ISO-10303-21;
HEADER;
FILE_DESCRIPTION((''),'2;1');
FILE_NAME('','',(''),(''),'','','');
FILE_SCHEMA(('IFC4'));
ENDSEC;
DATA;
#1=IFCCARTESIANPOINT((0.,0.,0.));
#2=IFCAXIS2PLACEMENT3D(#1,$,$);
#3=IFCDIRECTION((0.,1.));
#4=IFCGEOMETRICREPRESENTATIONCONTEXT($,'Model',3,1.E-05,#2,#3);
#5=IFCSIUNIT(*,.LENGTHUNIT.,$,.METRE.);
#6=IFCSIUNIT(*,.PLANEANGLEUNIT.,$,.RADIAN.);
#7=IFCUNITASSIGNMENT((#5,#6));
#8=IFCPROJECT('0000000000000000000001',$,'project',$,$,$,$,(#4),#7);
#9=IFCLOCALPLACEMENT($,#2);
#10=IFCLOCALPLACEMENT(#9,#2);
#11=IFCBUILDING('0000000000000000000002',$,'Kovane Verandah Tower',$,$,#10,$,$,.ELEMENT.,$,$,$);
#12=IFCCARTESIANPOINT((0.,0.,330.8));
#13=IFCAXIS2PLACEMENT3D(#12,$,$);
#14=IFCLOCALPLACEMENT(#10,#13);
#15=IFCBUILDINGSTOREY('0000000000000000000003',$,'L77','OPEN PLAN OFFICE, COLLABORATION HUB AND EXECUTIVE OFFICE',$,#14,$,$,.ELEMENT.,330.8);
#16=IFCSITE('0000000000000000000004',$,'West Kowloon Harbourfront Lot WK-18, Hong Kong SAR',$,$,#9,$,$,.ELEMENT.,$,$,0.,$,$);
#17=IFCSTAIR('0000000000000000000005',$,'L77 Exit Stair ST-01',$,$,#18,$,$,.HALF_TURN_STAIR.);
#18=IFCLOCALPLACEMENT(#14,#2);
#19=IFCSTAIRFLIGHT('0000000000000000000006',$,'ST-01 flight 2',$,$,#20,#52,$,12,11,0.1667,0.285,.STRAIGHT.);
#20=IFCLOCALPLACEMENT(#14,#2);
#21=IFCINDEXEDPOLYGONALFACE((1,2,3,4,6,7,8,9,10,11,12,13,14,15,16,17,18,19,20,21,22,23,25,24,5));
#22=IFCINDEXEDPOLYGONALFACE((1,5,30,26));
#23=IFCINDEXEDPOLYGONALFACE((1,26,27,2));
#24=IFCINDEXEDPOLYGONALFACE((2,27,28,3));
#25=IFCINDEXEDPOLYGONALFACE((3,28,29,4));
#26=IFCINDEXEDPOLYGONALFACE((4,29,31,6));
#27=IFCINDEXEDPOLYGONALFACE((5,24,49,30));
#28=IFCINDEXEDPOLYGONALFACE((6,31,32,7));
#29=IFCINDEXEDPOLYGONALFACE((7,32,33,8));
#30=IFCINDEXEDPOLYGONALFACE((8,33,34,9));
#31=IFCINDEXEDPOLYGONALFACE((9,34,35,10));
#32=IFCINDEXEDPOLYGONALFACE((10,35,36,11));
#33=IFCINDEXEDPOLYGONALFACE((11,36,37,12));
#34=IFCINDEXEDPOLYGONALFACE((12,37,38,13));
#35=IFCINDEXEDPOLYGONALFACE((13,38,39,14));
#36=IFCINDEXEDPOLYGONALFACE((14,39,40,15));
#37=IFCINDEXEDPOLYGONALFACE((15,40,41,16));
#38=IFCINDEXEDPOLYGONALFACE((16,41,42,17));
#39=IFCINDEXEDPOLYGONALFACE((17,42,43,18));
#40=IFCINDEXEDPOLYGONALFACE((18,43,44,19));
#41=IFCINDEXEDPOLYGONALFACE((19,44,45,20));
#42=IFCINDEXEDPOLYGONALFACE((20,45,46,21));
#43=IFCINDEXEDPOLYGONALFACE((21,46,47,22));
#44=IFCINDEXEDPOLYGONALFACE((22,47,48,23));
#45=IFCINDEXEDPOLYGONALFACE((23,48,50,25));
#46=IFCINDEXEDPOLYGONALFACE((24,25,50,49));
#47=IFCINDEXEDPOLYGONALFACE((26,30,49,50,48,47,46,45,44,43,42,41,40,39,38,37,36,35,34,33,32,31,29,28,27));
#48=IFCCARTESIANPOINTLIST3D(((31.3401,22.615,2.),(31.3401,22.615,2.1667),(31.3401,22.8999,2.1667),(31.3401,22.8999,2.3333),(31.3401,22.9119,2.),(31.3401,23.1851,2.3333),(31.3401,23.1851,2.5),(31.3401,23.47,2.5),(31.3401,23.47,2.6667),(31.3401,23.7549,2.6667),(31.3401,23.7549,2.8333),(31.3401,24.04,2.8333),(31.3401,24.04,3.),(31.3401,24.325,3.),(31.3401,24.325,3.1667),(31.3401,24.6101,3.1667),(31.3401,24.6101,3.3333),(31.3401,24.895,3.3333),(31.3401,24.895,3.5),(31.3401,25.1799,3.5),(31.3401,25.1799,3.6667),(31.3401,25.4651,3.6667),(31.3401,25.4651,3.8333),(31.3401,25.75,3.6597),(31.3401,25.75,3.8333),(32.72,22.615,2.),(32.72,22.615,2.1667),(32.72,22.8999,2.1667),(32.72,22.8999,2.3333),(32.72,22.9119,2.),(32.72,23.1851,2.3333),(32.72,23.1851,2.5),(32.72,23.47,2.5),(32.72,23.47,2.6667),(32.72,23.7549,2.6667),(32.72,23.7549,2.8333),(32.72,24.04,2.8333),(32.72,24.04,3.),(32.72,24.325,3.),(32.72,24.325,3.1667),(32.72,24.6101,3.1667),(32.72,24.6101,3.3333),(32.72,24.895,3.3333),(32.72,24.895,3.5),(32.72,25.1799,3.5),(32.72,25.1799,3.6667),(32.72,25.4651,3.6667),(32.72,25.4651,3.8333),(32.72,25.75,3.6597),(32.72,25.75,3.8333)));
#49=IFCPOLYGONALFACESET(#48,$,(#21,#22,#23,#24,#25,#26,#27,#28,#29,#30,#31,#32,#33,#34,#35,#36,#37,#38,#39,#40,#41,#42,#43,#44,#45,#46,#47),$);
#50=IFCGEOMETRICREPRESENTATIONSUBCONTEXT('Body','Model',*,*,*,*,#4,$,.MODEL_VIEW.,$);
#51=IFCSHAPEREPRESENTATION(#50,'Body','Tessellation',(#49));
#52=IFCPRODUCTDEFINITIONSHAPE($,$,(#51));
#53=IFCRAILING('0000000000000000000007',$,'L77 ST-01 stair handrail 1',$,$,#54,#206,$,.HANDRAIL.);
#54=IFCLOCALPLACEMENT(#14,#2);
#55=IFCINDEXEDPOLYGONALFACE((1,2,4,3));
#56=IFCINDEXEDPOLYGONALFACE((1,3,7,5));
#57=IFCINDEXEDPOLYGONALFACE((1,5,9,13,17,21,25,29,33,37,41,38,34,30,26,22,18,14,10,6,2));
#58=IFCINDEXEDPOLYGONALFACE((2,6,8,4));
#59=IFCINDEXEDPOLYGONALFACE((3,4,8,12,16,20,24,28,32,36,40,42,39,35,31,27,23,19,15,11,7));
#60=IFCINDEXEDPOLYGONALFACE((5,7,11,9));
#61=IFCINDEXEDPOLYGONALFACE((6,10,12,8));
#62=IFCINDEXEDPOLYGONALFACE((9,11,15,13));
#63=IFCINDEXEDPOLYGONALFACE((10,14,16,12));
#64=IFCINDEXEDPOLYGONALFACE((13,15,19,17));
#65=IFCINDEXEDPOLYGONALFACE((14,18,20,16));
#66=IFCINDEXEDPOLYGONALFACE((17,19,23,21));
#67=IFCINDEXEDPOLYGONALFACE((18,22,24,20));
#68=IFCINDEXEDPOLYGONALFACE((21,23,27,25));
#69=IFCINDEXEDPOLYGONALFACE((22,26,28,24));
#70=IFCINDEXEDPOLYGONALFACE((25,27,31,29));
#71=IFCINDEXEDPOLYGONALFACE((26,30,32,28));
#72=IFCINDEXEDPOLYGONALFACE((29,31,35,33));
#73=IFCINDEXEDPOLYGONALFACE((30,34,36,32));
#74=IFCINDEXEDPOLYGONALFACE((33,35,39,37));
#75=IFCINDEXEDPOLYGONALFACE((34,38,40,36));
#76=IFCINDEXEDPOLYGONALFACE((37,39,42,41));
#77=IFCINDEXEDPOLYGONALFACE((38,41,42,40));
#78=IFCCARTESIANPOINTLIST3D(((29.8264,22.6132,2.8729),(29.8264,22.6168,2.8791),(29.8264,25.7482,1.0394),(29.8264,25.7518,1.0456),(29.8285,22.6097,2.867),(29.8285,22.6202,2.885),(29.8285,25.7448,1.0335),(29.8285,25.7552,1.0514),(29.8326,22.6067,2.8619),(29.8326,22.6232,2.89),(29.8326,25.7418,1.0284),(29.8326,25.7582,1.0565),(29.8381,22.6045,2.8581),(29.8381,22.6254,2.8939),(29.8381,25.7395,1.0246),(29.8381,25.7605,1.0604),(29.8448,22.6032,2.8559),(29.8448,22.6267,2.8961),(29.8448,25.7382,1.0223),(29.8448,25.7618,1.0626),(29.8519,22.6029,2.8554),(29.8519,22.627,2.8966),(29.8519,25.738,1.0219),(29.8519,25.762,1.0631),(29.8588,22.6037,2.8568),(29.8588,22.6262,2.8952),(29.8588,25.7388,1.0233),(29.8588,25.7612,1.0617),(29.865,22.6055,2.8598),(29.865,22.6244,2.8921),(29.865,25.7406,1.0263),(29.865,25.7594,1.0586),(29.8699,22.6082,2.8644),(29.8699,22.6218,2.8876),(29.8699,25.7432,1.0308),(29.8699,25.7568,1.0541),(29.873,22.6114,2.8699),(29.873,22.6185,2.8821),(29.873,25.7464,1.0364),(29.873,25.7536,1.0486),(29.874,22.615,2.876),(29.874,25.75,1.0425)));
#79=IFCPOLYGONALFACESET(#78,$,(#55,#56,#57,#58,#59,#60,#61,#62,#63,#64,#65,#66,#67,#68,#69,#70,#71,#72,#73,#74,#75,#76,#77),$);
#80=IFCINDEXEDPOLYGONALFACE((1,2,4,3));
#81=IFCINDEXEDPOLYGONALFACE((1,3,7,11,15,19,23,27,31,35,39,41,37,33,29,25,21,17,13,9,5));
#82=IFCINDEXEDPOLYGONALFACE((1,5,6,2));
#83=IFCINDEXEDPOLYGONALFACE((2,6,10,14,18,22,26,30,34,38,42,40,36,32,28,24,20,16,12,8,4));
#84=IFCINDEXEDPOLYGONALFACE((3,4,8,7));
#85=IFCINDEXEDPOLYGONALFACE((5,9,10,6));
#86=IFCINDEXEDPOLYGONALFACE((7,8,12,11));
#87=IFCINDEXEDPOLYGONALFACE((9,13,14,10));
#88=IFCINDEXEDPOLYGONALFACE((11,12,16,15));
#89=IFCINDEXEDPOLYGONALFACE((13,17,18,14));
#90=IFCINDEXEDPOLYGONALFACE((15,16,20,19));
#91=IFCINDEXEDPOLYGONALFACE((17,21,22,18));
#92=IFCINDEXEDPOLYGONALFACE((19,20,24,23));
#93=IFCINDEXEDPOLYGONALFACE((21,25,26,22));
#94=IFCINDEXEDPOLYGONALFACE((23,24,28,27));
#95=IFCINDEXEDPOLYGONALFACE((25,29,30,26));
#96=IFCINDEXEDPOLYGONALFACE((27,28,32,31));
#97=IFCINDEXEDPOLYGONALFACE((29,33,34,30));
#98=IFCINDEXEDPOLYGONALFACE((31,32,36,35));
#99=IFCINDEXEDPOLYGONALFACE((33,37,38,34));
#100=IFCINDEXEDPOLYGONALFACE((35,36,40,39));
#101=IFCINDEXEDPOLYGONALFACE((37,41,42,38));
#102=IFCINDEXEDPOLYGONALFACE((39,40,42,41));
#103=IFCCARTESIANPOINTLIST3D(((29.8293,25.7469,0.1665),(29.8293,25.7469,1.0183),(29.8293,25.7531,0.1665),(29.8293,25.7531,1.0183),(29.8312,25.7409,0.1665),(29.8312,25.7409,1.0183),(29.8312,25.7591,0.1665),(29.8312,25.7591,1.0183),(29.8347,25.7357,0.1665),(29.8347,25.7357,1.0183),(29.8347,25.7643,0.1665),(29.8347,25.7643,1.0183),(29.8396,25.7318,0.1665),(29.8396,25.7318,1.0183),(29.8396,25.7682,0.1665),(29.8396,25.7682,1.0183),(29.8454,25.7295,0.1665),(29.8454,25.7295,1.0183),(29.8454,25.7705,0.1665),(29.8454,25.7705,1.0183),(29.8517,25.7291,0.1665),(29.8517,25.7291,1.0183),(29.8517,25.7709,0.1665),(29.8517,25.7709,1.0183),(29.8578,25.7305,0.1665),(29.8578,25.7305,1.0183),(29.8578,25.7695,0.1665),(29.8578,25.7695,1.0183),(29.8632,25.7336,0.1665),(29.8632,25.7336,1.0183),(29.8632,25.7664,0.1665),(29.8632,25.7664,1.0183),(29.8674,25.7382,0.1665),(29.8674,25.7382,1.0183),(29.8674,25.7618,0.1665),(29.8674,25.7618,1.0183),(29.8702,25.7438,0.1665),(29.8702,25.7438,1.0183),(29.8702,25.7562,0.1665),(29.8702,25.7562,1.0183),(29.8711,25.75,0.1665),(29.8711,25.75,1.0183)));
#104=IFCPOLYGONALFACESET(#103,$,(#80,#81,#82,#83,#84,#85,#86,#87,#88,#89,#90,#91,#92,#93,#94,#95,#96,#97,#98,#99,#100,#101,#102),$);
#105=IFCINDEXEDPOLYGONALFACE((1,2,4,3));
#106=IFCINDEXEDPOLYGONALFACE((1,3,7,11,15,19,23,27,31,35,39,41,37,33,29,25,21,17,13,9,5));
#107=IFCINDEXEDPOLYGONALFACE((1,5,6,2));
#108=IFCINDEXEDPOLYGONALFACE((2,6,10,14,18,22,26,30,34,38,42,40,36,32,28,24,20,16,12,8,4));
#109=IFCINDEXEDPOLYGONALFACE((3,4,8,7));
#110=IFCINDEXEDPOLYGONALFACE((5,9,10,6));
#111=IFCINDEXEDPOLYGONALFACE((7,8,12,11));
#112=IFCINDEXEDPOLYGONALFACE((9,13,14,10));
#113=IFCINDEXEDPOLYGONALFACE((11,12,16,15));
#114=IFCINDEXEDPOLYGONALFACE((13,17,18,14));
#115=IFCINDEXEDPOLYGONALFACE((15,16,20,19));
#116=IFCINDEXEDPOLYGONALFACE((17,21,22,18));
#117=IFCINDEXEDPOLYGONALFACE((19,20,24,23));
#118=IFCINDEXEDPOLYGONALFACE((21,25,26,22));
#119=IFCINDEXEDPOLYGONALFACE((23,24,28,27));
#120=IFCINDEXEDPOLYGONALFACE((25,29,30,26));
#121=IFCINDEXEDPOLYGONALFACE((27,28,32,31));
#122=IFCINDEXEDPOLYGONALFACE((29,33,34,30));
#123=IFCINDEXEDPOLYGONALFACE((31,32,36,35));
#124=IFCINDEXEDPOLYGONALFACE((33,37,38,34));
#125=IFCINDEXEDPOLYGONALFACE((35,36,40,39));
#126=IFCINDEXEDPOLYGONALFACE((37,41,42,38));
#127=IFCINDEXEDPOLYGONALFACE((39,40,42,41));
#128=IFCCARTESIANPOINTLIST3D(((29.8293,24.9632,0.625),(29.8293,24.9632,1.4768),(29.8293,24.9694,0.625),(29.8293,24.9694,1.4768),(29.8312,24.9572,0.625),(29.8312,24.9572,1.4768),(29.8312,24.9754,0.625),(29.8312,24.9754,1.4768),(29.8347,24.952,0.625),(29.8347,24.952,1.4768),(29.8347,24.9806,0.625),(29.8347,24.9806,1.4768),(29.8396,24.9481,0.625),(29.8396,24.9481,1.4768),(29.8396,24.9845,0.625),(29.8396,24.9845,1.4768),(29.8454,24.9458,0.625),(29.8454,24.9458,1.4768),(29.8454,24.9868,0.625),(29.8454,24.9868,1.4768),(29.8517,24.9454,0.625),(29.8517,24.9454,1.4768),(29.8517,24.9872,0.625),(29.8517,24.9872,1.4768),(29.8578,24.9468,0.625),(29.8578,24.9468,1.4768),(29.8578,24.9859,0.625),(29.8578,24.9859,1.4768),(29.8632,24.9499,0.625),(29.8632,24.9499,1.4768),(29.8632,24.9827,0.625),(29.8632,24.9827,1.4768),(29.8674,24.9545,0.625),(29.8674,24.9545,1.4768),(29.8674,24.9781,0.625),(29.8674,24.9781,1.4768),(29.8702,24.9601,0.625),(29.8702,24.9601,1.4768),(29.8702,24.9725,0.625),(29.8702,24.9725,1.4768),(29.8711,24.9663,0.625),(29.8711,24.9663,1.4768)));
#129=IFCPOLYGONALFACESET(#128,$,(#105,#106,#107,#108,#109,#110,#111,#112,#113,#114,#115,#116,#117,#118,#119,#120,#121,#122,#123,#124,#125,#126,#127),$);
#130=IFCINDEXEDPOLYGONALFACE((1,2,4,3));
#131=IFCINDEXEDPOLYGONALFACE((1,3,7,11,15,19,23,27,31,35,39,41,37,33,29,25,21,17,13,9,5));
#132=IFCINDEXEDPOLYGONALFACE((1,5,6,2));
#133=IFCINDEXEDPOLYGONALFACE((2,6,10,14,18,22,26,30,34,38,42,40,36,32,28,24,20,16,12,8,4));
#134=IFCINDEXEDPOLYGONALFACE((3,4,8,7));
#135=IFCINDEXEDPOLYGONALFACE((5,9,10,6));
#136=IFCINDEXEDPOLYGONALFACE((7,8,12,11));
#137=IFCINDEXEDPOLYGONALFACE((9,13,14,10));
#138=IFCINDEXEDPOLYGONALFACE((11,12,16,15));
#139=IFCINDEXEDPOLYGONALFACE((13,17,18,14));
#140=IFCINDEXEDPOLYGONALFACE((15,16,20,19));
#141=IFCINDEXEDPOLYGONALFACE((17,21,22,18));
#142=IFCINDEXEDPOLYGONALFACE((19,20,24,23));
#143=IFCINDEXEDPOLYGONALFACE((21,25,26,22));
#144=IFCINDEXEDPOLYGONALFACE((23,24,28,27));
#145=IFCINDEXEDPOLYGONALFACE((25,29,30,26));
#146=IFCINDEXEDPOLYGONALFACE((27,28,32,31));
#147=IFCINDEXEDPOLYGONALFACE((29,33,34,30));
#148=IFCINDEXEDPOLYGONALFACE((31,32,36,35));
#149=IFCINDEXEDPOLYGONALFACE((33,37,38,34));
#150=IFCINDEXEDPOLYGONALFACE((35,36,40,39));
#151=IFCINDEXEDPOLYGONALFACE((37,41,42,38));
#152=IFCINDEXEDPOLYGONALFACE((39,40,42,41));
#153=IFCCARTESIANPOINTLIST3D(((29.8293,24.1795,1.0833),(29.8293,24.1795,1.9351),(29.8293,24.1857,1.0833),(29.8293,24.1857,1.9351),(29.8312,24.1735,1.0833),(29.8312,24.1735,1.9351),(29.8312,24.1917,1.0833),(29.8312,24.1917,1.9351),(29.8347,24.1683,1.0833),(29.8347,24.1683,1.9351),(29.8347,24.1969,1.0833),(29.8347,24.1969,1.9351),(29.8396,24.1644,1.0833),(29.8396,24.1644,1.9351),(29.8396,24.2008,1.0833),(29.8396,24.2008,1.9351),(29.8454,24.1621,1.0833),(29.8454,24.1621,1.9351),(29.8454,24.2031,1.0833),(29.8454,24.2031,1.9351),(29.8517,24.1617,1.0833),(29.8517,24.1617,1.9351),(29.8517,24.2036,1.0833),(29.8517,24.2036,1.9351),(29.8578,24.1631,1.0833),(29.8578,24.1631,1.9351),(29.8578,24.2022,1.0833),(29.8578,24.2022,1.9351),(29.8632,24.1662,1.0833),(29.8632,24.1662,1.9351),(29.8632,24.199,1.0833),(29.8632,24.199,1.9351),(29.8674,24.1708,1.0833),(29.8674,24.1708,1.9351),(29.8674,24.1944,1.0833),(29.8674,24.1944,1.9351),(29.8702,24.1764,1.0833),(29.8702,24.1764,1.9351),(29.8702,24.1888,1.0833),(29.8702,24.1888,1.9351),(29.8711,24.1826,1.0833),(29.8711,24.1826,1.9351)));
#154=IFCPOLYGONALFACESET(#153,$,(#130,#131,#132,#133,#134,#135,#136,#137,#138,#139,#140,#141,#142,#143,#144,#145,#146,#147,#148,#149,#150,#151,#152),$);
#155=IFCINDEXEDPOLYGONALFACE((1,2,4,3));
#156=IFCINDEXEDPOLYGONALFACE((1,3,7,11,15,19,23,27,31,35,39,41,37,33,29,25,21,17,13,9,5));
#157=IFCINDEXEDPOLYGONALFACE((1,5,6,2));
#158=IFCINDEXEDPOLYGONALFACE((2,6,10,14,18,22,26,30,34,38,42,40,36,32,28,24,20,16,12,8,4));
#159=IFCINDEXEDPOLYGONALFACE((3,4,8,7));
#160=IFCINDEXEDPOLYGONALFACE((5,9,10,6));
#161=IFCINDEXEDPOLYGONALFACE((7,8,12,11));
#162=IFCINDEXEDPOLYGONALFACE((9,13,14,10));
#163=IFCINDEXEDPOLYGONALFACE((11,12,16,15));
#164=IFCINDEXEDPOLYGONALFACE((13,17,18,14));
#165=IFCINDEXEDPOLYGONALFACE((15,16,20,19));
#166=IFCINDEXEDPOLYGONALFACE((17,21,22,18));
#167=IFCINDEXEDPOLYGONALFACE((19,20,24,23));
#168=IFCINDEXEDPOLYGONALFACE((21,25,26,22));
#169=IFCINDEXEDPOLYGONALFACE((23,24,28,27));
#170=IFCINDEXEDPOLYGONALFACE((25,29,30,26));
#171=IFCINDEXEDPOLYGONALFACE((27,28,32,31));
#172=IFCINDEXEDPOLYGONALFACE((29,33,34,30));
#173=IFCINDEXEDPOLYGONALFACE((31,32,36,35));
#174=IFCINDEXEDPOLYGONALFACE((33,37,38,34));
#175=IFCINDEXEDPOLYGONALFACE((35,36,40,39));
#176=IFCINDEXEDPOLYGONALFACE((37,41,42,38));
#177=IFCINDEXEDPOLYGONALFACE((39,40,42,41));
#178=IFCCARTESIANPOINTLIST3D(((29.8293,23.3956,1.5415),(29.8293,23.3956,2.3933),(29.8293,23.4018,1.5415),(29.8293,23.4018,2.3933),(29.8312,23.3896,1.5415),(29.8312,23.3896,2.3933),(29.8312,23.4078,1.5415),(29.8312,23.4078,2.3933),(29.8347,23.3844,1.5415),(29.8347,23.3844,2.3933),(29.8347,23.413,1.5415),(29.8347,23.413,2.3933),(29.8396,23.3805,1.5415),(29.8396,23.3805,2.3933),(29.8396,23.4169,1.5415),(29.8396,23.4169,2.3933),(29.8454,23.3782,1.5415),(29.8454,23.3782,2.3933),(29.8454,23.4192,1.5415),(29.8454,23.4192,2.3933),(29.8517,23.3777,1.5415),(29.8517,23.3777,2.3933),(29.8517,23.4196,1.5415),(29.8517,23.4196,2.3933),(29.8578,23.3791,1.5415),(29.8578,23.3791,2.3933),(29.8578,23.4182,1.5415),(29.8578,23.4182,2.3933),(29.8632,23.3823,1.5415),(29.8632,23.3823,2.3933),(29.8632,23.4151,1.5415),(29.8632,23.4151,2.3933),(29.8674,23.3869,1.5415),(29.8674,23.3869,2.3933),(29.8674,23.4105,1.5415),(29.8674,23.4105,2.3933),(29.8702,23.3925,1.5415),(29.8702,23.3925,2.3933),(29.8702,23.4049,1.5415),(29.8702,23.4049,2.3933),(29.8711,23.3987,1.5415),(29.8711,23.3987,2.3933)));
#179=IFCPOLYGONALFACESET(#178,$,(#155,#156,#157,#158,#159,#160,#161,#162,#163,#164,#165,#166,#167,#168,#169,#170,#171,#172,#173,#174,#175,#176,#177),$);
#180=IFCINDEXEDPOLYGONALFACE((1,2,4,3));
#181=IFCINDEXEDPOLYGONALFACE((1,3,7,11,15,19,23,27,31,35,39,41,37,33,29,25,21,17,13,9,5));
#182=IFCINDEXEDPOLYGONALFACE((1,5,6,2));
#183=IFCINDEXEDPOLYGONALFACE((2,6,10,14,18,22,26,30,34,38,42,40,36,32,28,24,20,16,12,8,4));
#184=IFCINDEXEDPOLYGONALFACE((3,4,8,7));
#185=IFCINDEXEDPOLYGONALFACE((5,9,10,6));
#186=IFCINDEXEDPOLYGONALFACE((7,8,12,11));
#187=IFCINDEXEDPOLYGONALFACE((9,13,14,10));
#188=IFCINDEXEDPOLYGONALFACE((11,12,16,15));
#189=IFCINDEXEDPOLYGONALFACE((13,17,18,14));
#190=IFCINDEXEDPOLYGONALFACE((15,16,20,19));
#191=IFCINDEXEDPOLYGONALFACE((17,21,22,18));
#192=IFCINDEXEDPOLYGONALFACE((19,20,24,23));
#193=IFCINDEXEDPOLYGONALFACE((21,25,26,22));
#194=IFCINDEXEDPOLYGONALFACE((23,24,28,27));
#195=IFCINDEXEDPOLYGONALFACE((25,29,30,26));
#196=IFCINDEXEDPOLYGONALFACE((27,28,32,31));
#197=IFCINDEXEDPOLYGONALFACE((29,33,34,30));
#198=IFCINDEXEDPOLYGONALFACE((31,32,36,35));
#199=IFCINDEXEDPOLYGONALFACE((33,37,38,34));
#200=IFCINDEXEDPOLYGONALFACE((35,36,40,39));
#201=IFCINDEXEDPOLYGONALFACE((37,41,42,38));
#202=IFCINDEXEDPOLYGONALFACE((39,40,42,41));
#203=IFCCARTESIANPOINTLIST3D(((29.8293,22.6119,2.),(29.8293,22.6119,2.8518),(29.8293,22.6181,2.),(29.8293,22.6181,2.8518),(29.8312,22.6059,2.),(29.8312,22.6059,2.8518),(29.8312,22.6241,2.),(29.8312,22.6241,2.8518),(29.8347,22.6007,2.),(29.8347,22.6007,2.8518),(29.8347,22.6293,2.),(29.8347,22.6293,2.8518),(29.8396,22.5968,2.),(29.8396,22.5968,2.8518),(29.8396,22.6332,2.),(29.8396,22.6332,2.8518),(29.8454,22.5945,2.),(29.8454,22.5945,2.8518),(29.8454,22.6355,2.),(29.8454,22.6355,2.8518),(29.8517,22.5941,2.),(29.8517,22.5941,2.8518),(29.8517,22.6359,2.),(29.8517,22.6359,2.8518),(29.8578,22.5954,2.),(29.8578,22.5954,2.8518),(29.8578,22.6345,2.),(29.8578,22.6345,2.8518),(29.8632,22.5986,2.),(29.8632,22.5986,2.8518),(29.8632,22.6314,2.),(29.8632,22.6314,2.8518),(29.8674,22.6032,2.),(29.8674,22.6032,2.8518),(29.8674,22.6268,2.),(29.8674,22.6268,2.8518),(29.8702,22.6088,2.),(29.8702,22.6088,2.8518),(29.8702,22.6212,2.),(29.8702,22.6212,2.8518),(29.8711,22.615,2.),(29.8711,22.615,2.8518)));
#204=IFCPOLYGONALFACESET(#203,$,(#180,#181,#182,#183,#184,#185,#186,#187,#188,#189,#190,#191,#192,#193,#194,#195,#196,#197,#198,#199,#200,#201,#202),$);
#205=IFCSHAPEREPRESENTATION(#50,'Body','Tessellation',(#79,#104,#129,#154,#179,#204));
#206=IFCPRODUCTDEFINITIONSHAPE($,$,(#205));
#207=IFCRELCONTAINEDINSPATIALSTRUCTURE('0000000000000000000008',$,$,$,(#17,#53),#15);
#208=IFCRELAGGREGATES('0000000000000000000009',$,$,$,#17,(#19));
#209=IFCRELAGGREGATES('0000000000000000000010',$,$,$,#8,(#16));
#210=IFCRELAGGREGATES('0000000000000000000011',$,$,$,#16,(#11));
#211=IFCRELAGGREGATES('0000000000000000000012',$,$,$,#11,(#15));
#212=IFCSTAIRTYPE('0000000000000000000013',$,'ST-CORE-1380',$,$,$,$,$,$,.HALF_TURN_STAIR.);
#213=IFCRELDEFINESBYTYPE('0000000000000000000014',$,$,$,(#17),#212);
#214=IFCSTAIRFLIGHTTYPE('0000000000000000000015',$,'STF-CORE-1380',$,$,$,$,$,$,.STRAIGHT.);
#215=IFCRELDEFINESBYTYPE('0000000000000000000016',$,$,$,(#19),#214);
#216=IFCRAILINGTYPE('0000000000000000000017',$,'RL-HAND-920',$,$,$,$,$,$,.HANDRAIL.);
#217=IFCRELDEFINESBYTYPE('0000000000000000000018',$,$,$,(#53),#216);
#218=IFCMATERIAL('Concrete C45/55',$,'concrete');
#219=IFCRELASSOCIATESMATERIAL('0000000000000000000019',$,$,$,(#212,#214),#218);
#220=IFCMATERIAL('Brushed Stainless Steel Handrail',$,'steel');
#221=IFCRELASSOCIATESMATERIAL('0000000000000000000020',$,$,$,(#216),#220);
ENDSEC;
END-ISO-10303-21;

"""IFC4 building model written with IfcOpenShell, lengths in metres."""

from ifc_helpers import new_model, si_unit, direction, frame, origin, origin_2d, place, context, subcontext, project, spatial, polyline, circle, outline, extrude, material, type_object, element, aggregate, save


model = new_model("IFC4")

# Units and contexts
model_context = context("Model", 3, precision=1e-05, world=origin(), true_north=direction((0.0, 1.0)))
body_context = subcontext(model_context, "Body", "Model", "MODEL_VIEW")
ifc_project = project(units=[si_unit("LENGTHUNIT", "METRE"), si_unit("PLANEANGLEUNIT", "RADIAN")], contexts=[model_context])

# Site, building, storey
site_placement = place(None, origin())
site = spatial("IfcSite", under=ifc_project, at=site_placement, Name="West Kowloon Harbourfront Lot WK-18, Hong Kong SAR", CompositionType="ELEMENT", RefElevation=0.0)
building_placement = place(site_placement, origin())
building = spatial("IfcBuilding", under=site, at=building_placement, Name="Kovane Verandah Tower", CompositionType="ELEMENT")
storey_placement = place(building_placement, frame((0.0, 0.0, 330.8)))
storey = spatial("IfcBuildingStorey", under=building, at=storey_placement, Name="L77", Description="OPEN PLAN OFFICE, COLLABORATION HUB AND EXECUTIVE OFFICE", CompositionType="ELEMENT", Elevation=330.8)

# Shared definitions
ifc_material_1 = material(Name="Concrete C45/55", Category="concrete")

# Stair, stair flight
stair_type = type_object("IfcStairType", Name="ST-CORE-1380", PredefinedType="HALF_TURN_STAIR", material=ifc_material_1)
stair_placement = place(storey_placement, origin())
stair = element("IfcStair", 1, at=stair_placement, inside=storey, type_object=stair_type, Name="L77 Exit Stair ST-01", PredefinedType="HALF_TURN_STAIR")
stair_flight_type = type_object("IfcStairFlightType", Name="STF-CORE-1380", PredefinedType="STRAIGHT", material=ifc_material_1)
stair_flight_1_placement = place(storey_placement, frame((32.03, 22.615, 2.0), z_axis=(0.0, 0.0, 1.0), x_axis=(0.0, 1.0, 0.0)))
stair_flight_1 = element("IfcStairFlight", 2, at=stair_flight_1_placement, type_object=stair_flight_type, Name="ST-01 flight 2", NumberOfRisers=12, NumberOfTreads=11, PredefinedType="STRAIGHT", RiserHeight=0.1667, TreadLength=0.285, context=body_context, shape_type="SweptSolid", body=[
    extrude(outline(polyline([(0.0, 0.0), (0.0, 0.1667), (0.2849, 0.1667), (0.2849, 0.3333), (0.5701, 0.3333), (0.5701, 0.5), (0.855, 0.5), (0.855, 0.6667), (1.1399, 0.6667), (1.1399, 0.8333), (1.425, 0.8333), (1.425, 1.0), (1.71, 1.0), (1.71, 1.1667), (1.9951, 1.1667), (1.9951, 1.3333), (2.28, 1.3333), (2.28, 1.5), (2.5649, 1.5), (2.5649, 1.6667), (2.8501, 1.6667), (2.8501, 1.8333), (3.135, 1.8333), (3.135, 2.0), (3.135, 1.6597), (0.2969, 0.0), (0.0, 0.0)])), frame((0.0, 0.6899, 0.0), z_axis=(0.0, -1.0, 0.0), x_axis=(1.0, 0.0, 0.0)), (0.0, 0.0, 1.0), 1.3799),
])
aggregate(stair, [stair_flight_1])

# Railing
ifc_material_2 = material(Name="Brushed Stainless Steel Handrail", Category="steel")
railing_type_1 = type_object("IfcRailingType", Name="RL-HAND-920", PredefinedType="HANDRAIL", material=ifc_material_2)
railing_1_placement = place(storey_placement, frame((29.8501, 25.75, 0.1665)))
element("IfcRailing", 3, at=railing_1_placement, inside=storey, type_object=railing_type_1, Name="L77 ST-01 stair handrail 1", PredefinedType="HANDRAIL", context=body_context, shape_type="SweptSolid", body=[
    extrude(circle(Radius=0.0239, at=origin_2d()), frame((0.0, 0.0, 0.876), z_axis=(0.0, -0.86321, 0.504845), x_axis=(1.0, 0.0, 0.0)), (0.0, 0.0, 1.0), 3.6318),
    extrude(circle(Radius=0.021, at=origin_2d()), origin(), (0.0, 0.0, 1.0), 0.8518),
    extrude(circle(Radius=0.021, at=origin_2d()), frame((0.0, -0.7837, 0.4585)), (0.0, 0.0, 1.0), 0.8518),
    extrude(circle(Radius=0.021, at=origin_2d()), frame((0.0, -1.5674, 0.9167)), (0.0, 0.0, 1.0), 0.8518),
    extrude(circle(Radius=0.021, at=origin_2d()), frame((0.0, -2.3513, 1.375)), (0.0, 0.0, 1.0), 0.8518),
    extrude(circle(Radius=0.021, at=origin_2d()), frame((0.0, -3.135, 1.8335)), (0.0, 0.0, 1.0), 0.8518),
])

save(model, "model.ifc")
